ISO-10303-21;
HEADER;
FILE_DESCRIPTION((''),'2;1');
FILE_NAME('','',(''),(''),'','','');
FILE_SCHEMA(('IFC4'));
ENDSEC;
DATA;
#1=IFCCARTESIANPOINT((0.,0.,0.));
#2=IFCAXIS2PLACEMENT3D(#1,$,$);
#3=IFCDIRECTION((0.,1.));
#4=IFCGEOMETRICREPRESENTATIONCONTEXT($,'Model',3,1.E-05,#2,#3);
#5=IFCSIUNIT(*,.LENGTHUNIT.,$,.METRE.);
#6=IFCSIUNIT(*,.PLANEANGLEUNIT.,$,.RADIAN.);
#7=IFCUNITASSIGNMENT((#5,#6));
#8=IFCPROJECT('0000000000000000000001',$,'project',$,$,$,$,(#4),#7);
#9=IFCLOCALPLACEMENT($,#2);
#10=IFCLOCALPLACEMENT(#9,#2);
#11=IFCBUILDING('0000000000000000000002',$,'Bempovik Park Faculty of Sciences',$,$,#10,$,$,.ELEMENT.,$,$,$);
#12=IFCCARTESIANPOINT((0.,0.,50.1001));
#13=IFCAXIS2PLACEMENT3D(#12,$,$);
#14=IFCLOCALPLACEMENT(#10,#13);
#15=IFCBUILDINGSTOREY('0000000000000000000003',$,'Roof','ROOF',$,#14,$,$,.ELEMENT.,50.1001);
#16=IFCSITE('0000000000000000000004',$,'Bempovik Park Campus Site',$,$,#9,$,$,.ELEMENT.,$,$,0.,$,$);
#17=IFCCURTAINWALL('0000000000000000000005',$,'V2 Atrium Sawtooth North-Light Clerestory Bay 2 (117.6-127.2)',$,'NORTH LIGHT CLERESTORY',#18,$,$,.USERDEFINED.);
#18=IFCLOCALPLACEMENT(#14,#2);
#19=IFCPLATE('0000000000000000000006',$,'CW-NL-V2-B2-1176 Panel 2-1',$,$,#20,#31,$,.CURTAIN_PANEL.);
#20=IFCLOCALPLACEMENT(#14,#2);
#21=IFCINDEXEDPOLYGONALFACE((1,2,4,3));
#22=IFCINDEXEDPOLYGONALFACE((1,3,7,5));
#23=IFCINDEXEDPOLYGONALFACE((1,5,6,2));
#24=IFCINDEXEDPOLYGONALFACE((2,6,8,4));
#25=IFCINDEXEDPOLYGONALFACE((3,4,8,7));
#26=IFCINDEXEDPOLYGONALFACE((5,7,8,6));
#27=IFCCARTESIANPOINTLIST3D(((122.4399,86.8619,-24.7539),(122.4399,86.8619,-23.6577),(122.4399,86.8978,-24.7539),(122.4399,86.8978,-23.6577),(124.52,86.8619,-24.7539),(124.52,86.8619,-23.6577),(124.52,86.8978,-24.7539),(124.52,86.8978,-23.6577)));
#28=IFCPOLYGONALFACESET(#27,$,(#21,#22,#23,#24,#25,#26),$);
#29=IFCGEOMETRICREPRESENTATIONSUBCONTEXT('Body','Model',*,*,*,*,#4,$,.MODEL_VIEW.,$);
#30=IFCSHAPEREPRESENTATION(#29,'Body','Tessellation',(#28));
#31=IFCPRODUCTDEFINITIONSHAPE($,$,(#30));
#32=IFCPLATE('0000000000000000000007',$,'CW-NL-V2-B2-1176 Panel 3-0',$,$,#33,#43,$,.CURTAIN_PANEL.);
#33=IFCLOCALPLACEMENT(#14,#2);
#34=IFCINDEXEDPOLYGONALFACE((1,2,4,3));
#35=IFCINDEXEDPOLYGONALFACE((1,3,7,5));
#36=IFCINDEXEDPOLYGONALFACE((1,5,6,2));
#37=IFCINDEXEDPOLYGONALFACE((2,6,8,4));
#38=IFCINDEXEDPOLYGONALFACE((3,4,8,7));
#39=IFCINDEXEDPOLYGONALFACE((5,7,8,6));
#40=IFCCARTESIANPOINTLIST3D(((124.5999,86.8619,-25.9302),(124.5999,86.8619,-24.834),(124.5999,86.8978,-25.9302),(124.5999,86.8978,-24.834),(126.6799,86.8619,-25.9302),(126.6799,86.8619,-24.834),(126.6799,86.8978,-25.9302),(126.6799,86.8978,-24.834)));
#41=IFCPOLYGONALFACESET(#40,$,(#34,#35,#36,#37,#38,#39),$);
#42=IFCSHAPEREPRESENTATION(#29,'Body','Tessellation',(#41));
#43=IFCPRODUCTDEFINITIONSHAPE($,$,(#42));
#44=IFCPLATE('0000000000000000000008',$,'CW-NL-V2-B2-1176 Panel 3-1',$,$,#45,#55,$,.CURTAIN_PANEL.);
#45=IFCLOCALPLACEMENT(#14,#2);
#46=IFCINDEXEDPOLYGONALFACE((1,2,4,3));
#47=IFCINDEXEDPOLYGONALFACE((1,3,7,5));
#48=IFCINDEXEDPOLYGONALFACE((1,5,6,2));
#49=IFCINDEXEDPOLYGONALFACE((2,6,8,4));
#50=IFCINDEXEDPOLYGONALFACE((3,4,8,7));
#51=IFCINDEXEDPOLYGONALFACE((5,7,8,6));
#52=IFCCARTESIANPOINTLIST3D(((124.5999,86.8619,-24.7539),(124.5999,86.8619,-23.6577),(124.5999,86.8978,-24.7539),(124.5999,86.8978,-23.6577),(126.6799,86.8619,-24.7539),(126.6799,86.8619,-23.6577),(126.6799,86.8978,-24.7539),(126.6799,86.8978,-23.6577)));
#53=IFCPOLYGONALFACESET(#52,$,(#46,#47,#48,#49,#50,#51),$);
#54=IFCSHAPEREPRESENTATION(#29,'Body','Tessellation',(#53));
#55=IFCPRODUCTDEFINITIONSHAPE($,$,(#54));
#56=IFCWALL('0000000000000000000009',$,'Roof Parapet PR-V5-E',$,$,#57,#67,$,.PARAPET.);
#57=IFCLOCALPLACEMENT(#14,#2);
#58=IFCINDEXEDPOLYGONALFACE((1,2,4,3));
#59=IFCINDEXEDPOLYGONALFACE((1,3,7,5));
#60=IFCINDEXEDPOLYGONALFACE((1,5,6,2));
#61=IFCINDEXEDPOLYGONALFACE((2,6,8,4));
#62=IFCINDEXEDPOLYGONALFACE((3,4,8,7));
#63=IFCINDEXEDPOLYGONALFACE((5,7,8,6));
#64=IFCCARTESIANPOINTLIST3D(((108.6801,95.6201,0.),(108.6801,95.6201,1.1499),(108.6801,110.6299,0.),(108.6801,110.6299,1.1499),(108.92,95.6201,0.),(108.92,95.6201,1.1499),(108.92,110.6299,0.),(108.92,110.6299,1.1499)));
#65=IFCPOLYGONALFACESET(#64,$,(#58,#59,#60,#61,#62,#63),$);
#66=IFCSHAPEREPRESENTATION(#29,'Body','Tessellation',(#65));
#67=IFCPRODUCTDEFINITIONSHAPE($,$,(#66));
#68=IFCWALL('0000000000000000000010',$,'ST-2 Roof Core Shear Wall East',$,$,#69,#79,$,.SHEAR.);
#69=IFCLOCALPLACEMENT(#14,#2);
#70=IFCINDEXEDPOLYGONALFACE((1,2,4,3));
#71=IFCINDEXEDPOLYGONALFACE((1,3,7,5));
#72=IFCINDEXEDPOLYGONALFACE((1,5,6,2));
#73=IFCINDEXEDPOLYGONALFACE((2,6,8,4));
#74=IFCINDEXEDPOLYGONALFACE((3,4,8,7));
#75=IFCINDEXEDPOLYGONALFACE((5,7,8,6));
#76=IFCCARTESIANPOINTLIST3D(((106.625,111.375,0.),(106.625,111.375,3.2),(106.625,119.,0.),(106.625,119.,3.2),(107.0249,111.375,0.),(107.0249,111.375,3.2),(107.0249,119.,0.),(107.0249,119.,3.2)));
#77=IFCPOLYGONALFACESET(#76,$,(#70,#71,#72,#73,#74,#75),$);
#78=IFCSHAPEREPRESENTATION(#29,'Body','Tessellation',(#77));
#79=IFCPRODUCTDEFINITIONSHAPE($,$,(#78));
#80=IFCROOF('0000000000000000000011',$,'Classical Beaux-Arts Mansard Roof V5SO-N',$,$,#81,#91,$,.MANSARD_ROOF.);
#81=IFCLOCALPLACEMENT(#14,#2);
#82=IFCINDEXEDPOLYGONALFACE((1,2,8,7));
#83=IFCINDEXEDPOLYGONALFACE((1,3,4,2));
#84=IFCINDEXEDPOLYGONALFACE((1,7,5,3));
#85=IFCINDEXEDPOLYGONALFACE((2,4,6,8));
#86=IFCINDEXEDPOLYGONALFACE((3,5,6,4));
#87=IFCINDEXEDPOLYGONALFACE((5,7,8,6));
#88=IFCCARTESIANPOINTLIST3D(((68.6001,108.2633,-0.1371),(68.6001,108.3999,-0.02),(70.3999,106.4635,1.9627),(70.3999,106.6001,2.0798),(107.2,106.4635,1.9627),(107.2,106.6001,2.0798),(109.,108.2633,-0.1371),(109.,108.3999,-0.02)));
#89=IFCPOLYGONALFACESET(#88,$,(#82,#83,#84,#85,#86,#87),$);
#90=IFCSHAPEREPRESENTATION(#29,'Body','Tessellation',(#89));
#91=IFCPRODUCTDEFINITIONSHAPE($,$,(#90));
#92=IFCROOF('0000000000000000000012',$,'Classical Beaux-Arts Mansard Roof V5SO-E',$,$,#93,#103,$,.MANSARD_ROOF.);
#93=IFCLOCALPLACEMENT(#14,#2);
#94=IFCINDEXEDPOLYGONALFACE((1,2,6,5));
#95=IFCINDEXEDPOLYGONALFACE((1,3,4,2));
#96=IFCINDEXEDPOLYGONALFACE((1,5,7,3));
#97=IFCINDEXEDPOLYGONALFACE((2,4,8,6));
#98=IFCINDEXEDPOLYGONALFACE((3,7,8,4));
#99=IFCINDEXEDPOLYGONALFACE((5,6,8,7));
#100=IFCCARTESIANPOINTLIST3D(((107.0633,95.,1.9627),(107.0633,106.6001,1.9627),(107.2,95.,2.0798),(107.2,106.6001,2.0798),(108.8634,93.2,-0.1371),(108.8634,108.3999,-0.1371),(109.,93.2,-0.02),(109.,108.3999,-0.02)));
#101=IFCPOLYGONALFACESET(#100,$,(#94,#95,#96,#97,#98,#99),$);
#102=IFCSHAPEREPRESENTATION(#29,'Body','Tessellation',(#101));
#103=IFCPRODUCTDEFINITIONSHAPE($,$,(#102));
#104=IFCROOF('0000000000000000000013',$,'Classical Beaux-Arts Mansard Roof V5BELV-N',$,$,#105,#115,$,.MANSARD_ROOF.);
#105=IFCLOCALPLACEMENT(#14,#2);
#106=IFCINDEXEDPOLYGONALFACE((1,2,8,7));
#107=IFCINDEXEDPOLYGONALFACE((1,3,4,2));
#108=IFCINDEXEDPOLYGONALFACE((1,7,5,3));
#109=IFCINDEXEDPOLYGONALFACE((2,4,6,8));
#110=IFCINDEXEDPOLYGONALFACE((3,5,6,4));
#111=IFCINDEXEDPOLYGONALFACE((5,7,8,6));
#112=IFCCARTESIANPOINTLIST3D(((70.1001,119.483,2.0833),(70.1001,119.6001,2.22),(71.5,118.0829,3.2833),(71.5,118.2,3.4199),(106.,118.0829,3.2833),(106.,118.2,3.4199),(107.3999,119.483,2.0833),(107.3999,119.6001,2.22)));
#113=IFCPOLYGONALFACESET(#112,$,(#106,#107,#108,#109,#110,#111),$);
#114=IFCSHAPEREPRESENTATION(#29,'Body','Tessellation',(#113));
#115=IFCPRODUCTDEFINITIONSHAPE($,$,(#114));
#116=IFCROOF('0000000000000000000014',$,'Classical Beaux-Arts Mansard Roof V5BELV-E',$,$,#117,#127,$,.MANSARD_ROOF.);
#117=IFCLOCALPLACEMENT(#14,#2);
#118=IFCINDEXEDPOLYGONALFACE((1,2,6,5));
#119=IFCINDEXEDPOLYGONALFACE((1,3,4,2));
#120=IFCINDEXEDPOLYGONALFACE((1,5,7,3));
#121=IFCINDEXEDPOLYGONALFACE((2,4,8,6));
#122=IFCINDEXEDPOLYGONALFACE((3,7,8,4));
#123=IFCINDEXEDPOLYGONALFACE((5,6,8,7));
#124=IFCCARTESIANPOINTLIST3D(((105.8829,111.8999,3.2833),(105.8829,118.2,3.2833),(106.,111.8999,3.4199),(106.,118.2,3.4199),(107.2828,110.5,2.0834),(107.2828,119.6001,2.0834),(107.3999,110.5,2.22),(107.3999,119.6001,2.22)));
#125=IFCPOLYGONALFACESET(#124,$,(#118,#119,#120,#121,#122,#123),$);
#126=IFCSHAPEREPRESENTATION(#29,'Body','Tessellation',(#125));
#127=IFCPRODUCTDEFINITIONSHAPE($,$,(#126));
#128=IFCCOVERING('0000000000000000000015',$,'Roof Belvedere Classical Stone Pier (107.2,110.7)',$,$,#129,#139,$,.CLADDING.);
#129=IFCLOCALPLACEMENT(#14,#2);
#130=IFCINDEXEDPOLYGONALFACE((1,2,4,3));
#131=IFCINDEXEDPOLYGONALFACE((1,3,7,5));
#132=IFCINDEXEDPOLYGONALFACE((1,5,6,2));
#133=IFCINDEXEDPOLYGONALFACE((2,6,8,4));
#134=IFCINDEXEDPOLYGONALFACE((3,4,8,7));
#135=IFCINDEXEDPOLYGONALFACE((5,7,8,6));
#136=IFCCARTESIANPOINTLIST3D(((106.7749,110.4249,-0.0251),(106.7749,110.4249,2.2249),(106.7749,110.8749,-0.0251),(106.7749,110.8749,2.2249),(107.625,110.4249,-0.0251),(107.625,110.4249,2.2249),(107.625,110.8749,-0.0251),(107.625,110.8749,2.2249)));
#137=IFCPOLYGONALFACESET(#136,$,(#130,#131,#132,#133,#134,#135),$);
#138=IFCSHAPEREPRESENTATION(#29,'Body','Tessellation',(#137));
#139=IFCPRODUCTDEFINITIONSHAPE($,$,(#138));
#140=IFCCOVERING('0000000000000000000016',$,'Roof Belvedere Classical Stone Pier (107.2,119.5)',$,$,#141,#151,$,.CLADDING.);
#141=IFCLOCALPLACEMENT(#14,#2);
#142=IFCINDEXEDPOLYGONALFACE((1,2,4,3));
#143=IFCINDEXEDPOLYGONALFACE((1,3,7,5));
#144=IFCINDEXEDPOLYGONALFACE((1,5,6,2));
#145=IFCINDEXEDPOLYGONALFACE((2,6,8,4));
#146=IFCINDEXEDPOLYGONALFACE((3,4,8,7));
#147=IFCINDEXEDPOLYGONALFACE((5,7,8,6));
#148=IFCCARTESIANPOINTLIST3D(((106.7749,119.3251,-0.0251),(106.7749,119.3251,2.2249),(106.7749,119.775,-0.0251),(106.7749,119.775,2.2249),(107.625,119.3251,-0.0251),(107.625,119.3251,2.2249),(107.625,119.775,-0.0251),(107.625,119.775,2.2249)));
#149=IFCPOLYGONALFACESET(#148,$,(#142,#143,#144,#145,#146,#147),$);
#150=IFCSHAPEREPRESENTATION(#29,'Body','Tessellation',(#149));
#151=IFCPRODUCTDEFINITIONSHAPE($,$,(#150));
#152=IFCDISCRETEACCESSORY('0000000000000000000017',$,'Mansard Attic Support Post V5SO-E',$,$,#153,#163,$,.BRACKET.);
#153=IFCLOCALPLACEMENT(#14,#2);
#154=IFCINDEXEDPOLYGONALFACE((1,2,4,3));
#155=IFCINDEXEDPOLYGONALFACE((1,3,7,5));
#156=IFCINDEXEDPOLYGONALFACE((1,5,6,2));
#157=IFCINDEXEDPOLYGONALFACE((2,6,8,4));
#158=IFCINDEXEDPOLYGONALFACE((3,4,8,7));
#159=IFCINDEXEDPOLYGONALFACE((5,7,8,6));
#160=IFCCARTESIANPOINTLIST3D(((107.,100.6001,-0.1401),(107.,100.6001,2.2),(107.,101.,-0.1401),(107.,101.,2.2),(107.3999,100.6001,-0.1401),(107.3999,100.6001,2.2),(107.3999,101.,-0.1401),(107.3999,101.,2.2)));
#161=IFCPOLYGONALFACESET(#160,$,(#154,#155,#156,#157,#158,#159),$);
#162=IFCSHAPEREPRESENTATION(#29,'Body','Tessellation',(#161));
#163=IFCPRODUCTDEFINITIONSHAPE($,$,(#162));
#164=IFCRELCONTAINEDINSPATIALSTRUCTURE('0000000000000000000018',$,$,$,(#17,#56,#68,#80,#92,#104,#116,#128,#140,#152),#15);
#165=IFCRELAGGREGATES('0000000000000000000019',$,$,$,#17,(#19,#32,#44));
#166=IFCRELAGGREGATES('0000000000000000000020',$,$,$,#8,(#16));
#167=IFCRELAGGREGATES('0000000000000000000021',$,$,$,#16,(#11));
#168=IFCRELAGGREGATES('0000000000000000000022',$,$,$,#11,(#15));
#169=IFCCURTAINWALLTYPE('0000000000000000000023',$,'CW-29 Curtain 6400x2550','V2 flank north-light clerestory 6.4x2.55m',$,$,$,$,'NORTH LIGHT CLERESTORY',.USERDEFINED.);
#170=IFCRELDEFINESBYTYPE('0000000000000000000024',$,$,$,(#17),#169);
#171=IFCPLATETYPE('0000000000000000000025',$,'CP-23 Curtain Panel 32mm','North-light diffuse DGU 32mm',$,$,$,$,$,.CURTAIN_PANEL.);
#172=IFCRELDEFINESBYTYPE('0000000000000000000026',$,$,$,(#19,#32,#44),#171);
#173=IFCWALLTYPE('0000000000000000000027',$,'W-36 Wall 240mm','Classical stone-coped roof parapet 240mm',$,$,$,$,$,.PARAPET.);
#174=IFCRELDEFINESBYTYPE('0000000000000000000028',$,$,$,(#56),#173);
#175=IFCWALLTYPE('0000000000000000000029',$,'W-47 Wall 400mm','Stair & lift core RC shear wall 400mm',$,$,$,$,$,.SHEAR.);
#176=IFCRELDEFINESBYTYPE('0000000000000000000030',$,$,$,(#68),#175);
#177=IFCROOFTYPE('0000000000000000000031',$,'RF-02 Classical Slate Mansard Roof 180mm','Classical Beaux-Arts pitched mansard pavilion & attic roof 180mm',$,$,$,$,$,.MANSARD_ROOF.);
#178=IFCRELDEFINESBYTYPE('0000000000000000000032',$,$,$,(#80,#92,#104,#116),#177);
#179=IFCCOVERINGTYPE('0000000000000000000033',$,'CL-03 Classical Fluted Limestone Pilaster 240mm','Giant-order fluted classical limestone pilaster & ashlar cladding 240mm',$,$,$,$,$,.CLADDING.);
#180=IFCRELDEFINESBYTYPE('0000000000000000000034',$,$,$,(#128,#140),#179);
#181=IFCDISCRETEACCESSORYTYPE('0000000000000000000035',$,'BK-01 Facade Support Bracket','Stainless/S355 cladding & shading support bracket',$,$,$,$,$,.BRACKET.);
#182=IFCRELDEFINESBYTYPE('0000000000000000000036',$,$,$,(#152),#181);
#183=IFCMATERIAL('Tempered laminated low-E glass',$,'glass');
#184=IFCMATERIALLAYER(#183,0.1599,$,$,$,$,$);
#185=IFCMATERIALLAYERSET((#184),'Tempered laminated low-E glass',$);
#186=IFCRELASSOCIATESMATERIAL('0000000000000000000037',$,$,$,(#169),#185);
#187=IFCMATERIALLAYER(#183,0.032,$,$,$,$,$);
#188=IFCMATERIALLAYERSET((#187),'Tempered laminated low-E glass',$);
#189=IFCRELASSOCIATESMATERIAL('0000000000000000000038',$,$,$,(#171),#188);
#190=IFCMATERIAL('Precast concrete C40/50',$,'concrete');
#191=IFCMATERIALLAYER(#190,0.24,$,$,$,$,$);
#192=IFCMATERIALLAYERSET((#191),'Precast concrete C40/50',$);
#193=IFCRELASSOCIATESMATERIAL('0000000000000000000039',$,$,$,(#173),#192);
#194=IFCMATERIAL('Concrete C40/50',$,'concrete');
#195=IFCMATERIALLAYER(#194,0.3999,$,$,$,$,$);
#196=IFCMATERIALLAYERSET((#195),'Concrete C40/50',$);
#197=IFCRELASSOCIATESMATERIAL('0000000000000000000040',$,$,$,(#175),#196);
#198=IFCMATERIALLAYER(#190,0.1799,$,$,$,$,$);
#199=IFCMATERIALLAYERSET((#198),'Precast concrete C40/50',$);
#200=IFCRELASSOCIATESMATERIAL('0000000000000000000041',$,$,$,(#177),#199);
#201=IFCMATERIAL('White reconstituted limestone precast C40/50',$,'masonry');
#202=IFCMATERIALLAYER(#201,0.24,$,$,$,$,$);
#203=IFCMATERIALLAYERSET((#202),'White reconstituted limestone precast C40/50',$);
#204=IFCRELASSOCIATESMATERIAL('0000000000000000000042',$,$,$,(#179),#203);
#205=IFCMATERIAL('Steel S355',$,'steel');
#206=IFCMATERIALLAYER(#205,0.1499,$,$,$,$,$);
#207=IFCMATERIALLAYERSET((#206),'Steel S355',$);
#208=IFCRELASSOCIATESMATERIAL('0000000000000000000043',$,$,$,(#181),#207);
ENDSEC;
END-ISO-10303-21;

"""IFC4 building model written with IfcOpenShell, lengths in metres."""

from ifc_helpers import new_model, si_unit, direction, frame, frame_2d, origin, origin_2d, place, context, subcontext, project, spatial, polyline, rectangle, outline, extrude, material, layer, layer_set, type_object, element, aggregate, save


model = new_model("IFC4")

# Units and contexts
model_context = context("Model", 3, precision=1e-05, world=origin(), true_north=direction((0.0, 1.0)))
body_context = subcontext(model_context, "Body", "Model", "MODEL_VIEW")
ifc_project = project(units=[si_unit("LENGTHUNIT", "METRE"), si_unit("PLANEANGLEUNIT", "RADIAN")], contexts=[model_context])

# Site, building, storey
site_placement = place(None, origin())
site = spatial("IfcSite", under=ifc_project, at=site_placement, Name="Bempovik Park Campus Site", CompositionType="ELEMENT", RefElevation=0.0)
building_placement = place(site_placement, origin())
building = spatial("IfcBuilding", under=site, at=building_placement, Name="Bempovik Park Faculty of Sciences", CompositionType="ELEMENT")
storey_placement = place(building_placement, frame((0.0, 0.0, 50.1001)))
storey = spatial("IfcBuildingStorey", under=building, at=storey_placement, Name="Roof", Description="ROOF", CompositionType="ELEMENT", Elevation=50.1001)

# Shared definitions
ifc_material_1 = material(Name="Tempered laminated low-E glass", Category="glass")

# Curtain wall, plates
ifc_layer_1 = layer(ifc_material_1, 0.1599)
ifc_layer_set_1 = layer_set([ifc_layer_1], Name="Tempered laminated low-E glass")
curtain_wall_type_1 = type_object("IfcCurtainWallType", Name="CW-29 Curtain 6400x2550", Description="V2 flank north-light clerestory 6.4x2.55m", ElementType="NORTH LIGHT CLERESTORY", PredefinedType="USERDEFINED", material=ifc_layer_set_1)
curtain_wall_1_placement = place(storey_placement, origin())
curtain_wall_1 = element("IfcCurtainWall", 1, at=curtain_wall_1_placement, inside=storey, type_object=curtain_wall_type_1, Name="V2 Atrium Sawtooth North-Light Clerestory Bay 2 (117.6-127.2)", ObjectType="NORTH LIGHT CLERESTORY", PredefinedType="USERDEFINED")
ifc_layer_2 = layer(ifc_material_1, 0.032)
ifc_layer_set_2 = layer_set([ifc_layer_2], Name="Tempered laminated low-E glass")
plate_type = type_object("IfcPlateType", Name="CP-23 Curtain Panel 32mm", Description="North-light diffuse DGU 32mm", PredefinedType="CURTAIN_PANEL", material=ifc_layer_set_2)
plate_1_placement = place(storey_placement, frame((123.48, 86.8799, -24.7539), z_axis=(0.0, 0.0, 1.0), x_axis=(1.0, 0.0, 0.0)))
plate_1 = element("IfcPlate", 2, at=plate_1_placement, type_object=plate_type, Name="CW-NL-V2-B2-1176 Panel 2-1", PredefinedType="CURTAIN_PANEL", context=body_context, shape_type="SweptSolid", body=[
    extrude(rectangle(XDim=2.0801, YDim=0.0359, at=origin_2d()), origin(), (0.0, 0.0, 1.0), 1.0962),
])
plate_2_placement = place(storey_placement, frame((125.6399, 86.8799, -25.9302), z_axis=(0.0, 0.0, 1.0), x_axis=(1.0, 0.0, 0.0)))
plate_2 = element("IfcPlate", 3, at=plate_2_placement, type_object=plate_type, Name="CW-NL-V2-B2-1176 Panel 3-0", PredefinedType="CURTAIN_PANEL", context=body_context, shape_type="SweptSolid", body=[
    extrude(rectangle(XDim=2.0801, YDim=0.0359, at=origin_2d()), origin(), (0.0, 0.0, 1.0), 1.0962),
])
plate_3_placement = place(storey_placement, frame((125.6399, 86.8799, -24.7539), z_axis=(0.0, 0.0, 1.0), x_axis=(1.0, 0.0, 0.0)))
plate_3 = element("IfcPlate", 4, at=plate_3_placement, type_object=plate_type, Name="CW-NL-V2-B2-1176 Panel 3-1", PredefinedType="CURTAIN_PANEL", context=body_context, shape_type="SweptSolid", body=[
    extrude(rectangle(XDim=2.0801, YDim=0.0359, at=origin_2d()), origin(), (0.0, 0.0, 1.0), 1.0962),
])
aggregate(curtain_wall_1, [plate_1, plate_2, plate_3])

# Walls
ifc_material_2 = material(Name="Precast concrete C40/50", Category="concrete")
ifc_layer_3 = layer(ifc_material_2, 0.24)
ifc_layer_set_3 = layer_set([ifc_layer_3], Name="Precast concrete C40/50")
wall_type_1 = type_object("IfcWallType", Name="W-36 Wall 240mm", Description="Classical stone-coped roof parapet 240mm", PredefinedType="PARAPET", material=ifc_layer_set_3)
wall_1_placement = place(storey_placement, frame((108.8, 95.6201, 0.0), z_axis=(0.0, 0.0, 1.0), x_axis=(0.0, 1.0, 0.0)))
element("IfcWall", 5, at=wall_1_placement, inside=storey, type_object=wall_type_1, Name="Roof Parapet PR-V5-E", PredefinedType="PARAPET", context=body_context, shape_type="SweptSolid", body=[
    extrude(rectangle(XDim=15.0098, YDim=0.24, at=frame_2d((7.5049, 0.0))), origin(), (0.0, 0.0, 1.0), 1.1499),
])
ifc_material_3 = material(Name="Concrete C40/50", Category="concrete")
ifc_layer_4 = layer(ifc_material_3, 0.3999)
ifc_layer_set_4 = layer_set([ifc_layer_4], Name="Concrete C40/50")
wall_type_2 = type_object("IfcWallType", Name="W-47 Wall 400mm", Description="Stair & lift core RC shear wall 400mm", PredefinedType="SHEAR", material=ifc_layer_set_4)
wall_2_placement = place(storey_placement, frame((106.825, 111.375, 0.0), z_axis=(0.0, 0.0, 1.0), x_axis=(0.0, 1.0, 0.0)))
element("IfcWall", 6, at=wall_2_placement, inside=storey, type_object=wall_type_2, Name="ST-2 Roof Core Shear Wall East", PredefinedType="SHEAR", context=body_context, shape_type="SweptSolid", body=[
    extrude(rectangle(XDim=7.625, YDim=0.3999, at=frame_2d((3.8125, 0.0))), origin(), (0.0, 0.0, 1.0), 3.2),
])

# Roofs
ifc_layer_5 = layer(ifc_material_2, 0.1799)
ifc_layer_set_5 = layer_set([ifc_layer_5], Name="Precast concrete C40/50")
roof_type = type_object("IfcRoofType", Name="RF-02 Classical Slate Mansard Roof 180mm", Description="Classical Beaux-Arts pitched mansard pavilion & attic roof 180mm", PredefinedType="MANSARD_ROOF", material=ifc_layer_set_5)
roof_1_placement = place(storey_placement, frame((109.0, 108.3999, -0.02), z_axis=(0.0, 0.759269, 0.650777), x_axis=(-1.0, 0.0, 0.0)))
element("IfcRoof", 7, at=roof_1_placement, inside=storey, type_object=roof_type, Name="Classical Beaux-Arts Mansard Roof V5SO-N", PredefinedType="MANSARD_ROOF", context=body_context, shape_type="SweptSolid", body=[
    extrude(outline(polyline([(0.0, 0.0), (40.3999, 0.0), (38.6001, 2.7656), (1.8, 2.7656), (0.0, 0.0)])), origin(), (0.0, 0.0, -1.0), 0.1799),
])
roof_2_placement = place(storey_placement, frame((109.0, 93.2, -0.02), z_axis=(0.759225, 0.0, 0.650828), x_axis=(0.0, 1.0, 0.0)))
element("IfcRoof", 8, at=roof_2_placement, inside=storey, type_object=roof_type, Name="Classical Beaux-Arts Mansard Roof V5SO-E", PredefinedType="MANSARD_ROOF", context=body_context, shape_type="SweptSolid", body=[
    extrude(outline(polyline([(0.0, 0.0), (15.2, 0.0), (13.4001, 2.7658), (1.8, 2.7658), (0.0, 0.0)])), origin(), (0.0, 0.0, -1.0), 0.1799),
])
roof_3_placement = place(storey_placement, frame((107.3999, 119.6001, 2.22), z_axis=(0.0, 0.650737, 0.759303), x_axis=(-1.0, 0.0, 0.0)))
element("IfcRoof", 9, at=roof_3_placement, inside=storey, type_object=roof_type, Name="Classical Beaux-Arts Mansard Roof V5BELV-N", PredefinedType="MANSARD_ROOF", context=body_context, shape_type="SweptSolid", body=[
    extrude(outline(polyline([(0.0, 0.0), (37.2998, 0.0), (35.8999, 1.844), (1.3999, 1.844), (0.0, 0.0)])), origin(), (0.0, 0.0, -1.0), 0.1799),
])
roof_4_placement = place(storey_placement, frame((107.3999, 110.5, 2.22), z_axis=(0.650802, 0.0, 0.759247), x_axis=(0.0, 1.0, 0.0)))
element("IfcRoof", 10, at=roof_4_placement, inside=storey, type_object=roof_type, Name="Classical Beaux-Arts Mansard Roof V5BELV-E", PredefinedType="MANSARD_ROOF", context=body_context, shape_type="SweptSolid", body=[
    extrude(outline(polyline([(0.0, 0.0), (9.1001, 0.0), (7.7, 1.8438), (1.3999, 1.8438), (0.0, 0.0)])), origin(), (0.0, 0.0, -1.0), 0.1799),
])

# Coverings
ifc_material_4 = material(Name="White reconstituted limestone precast C40/50", Category="masonry")
ifc_layer_6 = layer(ifc_material_4, 0.24)
ifc_layer_set_6 = layer_set([ifc_layer_6], Name="White reconstituted limestone precast C40/50")
covering_type = type_object("IfcCoveringType", Name="CL-03 Classical Fluted Limestone Pilaster 240mm", Description="Giant-order fluted classical limestone pilaster & ashlar cladding 240mm", PredefinedType="CLADDING", material=ifc_layer_set_6)
for number, where, z_axis, x_axis, name in (
    (11, (107.2, 110.6499, -0.0251), (0.0, 0.0, 1.0), (1.0, 0.0, 0.0), "Roof Belvedere Classical Stone Pier (107.2,110.7)"),
    (12, (107.2, 119.55, -0.0251), (0.0, 0.0, 1.0), (1.0, 0.0, 0.0), "Roof Belvedere Classical Stone Pier (107.2,119.5)"),
):
    element("IfcCovering", number, at=place(storey_placement, frame(where, z_axis=z_axis, x_axis=x_axis)), inside=storey, type_object=covering_type, Name=name, PredefinedType="CLADDING", context=body_context, shape_type="SweptSolid", body=[
        extrude(rectangle(XDim=0.8501, YDim=0.45, at=origin_2d()), origin(), (0.0, 0.0, 1.0), 2.25),
    ])

# Discrete accessory
ifc_material_5 = material(Name="Steel S355", Category="steel")
ifc_layer_7 = layer(ifc_material_5, 0.1499)
ifc_layer_set_7 = layer_set([ifc_layer_7], Name="Steel S355")
discrete_accessory_type = type_object("IfcDiscreteAccessoryType", Name="BK-01 Facade Support Bracket", Description="Stainless/S355 cladding & shading support bracket", PredefinedType="BRACKET", material=ifc_layer_set_7)
discrete_accessory_placement = place(storey_placement, frame((107.2, 100.8, -0.1401), z_axis=(0.0, 0.0, 1.0), x_axis=(1.0, 0.0, 0.0)))
element("IfcDiscreteAccessory", 13, at=discrete_accessory_placement, inside=storey, type_object=discrete_accessory_type, Name="Mansard Attic Support Post V5SO-E", PredefinedType="BRACKET", context=body_context, shape_type="SweptSolid", body=[
    extrude(rectangle(XDim=0.3999, YDim=0.3999, at=origin_2d()), origin(), (0.0, 0.0, 1.0), 2.3401),
])

save(model, "model.ifc")
